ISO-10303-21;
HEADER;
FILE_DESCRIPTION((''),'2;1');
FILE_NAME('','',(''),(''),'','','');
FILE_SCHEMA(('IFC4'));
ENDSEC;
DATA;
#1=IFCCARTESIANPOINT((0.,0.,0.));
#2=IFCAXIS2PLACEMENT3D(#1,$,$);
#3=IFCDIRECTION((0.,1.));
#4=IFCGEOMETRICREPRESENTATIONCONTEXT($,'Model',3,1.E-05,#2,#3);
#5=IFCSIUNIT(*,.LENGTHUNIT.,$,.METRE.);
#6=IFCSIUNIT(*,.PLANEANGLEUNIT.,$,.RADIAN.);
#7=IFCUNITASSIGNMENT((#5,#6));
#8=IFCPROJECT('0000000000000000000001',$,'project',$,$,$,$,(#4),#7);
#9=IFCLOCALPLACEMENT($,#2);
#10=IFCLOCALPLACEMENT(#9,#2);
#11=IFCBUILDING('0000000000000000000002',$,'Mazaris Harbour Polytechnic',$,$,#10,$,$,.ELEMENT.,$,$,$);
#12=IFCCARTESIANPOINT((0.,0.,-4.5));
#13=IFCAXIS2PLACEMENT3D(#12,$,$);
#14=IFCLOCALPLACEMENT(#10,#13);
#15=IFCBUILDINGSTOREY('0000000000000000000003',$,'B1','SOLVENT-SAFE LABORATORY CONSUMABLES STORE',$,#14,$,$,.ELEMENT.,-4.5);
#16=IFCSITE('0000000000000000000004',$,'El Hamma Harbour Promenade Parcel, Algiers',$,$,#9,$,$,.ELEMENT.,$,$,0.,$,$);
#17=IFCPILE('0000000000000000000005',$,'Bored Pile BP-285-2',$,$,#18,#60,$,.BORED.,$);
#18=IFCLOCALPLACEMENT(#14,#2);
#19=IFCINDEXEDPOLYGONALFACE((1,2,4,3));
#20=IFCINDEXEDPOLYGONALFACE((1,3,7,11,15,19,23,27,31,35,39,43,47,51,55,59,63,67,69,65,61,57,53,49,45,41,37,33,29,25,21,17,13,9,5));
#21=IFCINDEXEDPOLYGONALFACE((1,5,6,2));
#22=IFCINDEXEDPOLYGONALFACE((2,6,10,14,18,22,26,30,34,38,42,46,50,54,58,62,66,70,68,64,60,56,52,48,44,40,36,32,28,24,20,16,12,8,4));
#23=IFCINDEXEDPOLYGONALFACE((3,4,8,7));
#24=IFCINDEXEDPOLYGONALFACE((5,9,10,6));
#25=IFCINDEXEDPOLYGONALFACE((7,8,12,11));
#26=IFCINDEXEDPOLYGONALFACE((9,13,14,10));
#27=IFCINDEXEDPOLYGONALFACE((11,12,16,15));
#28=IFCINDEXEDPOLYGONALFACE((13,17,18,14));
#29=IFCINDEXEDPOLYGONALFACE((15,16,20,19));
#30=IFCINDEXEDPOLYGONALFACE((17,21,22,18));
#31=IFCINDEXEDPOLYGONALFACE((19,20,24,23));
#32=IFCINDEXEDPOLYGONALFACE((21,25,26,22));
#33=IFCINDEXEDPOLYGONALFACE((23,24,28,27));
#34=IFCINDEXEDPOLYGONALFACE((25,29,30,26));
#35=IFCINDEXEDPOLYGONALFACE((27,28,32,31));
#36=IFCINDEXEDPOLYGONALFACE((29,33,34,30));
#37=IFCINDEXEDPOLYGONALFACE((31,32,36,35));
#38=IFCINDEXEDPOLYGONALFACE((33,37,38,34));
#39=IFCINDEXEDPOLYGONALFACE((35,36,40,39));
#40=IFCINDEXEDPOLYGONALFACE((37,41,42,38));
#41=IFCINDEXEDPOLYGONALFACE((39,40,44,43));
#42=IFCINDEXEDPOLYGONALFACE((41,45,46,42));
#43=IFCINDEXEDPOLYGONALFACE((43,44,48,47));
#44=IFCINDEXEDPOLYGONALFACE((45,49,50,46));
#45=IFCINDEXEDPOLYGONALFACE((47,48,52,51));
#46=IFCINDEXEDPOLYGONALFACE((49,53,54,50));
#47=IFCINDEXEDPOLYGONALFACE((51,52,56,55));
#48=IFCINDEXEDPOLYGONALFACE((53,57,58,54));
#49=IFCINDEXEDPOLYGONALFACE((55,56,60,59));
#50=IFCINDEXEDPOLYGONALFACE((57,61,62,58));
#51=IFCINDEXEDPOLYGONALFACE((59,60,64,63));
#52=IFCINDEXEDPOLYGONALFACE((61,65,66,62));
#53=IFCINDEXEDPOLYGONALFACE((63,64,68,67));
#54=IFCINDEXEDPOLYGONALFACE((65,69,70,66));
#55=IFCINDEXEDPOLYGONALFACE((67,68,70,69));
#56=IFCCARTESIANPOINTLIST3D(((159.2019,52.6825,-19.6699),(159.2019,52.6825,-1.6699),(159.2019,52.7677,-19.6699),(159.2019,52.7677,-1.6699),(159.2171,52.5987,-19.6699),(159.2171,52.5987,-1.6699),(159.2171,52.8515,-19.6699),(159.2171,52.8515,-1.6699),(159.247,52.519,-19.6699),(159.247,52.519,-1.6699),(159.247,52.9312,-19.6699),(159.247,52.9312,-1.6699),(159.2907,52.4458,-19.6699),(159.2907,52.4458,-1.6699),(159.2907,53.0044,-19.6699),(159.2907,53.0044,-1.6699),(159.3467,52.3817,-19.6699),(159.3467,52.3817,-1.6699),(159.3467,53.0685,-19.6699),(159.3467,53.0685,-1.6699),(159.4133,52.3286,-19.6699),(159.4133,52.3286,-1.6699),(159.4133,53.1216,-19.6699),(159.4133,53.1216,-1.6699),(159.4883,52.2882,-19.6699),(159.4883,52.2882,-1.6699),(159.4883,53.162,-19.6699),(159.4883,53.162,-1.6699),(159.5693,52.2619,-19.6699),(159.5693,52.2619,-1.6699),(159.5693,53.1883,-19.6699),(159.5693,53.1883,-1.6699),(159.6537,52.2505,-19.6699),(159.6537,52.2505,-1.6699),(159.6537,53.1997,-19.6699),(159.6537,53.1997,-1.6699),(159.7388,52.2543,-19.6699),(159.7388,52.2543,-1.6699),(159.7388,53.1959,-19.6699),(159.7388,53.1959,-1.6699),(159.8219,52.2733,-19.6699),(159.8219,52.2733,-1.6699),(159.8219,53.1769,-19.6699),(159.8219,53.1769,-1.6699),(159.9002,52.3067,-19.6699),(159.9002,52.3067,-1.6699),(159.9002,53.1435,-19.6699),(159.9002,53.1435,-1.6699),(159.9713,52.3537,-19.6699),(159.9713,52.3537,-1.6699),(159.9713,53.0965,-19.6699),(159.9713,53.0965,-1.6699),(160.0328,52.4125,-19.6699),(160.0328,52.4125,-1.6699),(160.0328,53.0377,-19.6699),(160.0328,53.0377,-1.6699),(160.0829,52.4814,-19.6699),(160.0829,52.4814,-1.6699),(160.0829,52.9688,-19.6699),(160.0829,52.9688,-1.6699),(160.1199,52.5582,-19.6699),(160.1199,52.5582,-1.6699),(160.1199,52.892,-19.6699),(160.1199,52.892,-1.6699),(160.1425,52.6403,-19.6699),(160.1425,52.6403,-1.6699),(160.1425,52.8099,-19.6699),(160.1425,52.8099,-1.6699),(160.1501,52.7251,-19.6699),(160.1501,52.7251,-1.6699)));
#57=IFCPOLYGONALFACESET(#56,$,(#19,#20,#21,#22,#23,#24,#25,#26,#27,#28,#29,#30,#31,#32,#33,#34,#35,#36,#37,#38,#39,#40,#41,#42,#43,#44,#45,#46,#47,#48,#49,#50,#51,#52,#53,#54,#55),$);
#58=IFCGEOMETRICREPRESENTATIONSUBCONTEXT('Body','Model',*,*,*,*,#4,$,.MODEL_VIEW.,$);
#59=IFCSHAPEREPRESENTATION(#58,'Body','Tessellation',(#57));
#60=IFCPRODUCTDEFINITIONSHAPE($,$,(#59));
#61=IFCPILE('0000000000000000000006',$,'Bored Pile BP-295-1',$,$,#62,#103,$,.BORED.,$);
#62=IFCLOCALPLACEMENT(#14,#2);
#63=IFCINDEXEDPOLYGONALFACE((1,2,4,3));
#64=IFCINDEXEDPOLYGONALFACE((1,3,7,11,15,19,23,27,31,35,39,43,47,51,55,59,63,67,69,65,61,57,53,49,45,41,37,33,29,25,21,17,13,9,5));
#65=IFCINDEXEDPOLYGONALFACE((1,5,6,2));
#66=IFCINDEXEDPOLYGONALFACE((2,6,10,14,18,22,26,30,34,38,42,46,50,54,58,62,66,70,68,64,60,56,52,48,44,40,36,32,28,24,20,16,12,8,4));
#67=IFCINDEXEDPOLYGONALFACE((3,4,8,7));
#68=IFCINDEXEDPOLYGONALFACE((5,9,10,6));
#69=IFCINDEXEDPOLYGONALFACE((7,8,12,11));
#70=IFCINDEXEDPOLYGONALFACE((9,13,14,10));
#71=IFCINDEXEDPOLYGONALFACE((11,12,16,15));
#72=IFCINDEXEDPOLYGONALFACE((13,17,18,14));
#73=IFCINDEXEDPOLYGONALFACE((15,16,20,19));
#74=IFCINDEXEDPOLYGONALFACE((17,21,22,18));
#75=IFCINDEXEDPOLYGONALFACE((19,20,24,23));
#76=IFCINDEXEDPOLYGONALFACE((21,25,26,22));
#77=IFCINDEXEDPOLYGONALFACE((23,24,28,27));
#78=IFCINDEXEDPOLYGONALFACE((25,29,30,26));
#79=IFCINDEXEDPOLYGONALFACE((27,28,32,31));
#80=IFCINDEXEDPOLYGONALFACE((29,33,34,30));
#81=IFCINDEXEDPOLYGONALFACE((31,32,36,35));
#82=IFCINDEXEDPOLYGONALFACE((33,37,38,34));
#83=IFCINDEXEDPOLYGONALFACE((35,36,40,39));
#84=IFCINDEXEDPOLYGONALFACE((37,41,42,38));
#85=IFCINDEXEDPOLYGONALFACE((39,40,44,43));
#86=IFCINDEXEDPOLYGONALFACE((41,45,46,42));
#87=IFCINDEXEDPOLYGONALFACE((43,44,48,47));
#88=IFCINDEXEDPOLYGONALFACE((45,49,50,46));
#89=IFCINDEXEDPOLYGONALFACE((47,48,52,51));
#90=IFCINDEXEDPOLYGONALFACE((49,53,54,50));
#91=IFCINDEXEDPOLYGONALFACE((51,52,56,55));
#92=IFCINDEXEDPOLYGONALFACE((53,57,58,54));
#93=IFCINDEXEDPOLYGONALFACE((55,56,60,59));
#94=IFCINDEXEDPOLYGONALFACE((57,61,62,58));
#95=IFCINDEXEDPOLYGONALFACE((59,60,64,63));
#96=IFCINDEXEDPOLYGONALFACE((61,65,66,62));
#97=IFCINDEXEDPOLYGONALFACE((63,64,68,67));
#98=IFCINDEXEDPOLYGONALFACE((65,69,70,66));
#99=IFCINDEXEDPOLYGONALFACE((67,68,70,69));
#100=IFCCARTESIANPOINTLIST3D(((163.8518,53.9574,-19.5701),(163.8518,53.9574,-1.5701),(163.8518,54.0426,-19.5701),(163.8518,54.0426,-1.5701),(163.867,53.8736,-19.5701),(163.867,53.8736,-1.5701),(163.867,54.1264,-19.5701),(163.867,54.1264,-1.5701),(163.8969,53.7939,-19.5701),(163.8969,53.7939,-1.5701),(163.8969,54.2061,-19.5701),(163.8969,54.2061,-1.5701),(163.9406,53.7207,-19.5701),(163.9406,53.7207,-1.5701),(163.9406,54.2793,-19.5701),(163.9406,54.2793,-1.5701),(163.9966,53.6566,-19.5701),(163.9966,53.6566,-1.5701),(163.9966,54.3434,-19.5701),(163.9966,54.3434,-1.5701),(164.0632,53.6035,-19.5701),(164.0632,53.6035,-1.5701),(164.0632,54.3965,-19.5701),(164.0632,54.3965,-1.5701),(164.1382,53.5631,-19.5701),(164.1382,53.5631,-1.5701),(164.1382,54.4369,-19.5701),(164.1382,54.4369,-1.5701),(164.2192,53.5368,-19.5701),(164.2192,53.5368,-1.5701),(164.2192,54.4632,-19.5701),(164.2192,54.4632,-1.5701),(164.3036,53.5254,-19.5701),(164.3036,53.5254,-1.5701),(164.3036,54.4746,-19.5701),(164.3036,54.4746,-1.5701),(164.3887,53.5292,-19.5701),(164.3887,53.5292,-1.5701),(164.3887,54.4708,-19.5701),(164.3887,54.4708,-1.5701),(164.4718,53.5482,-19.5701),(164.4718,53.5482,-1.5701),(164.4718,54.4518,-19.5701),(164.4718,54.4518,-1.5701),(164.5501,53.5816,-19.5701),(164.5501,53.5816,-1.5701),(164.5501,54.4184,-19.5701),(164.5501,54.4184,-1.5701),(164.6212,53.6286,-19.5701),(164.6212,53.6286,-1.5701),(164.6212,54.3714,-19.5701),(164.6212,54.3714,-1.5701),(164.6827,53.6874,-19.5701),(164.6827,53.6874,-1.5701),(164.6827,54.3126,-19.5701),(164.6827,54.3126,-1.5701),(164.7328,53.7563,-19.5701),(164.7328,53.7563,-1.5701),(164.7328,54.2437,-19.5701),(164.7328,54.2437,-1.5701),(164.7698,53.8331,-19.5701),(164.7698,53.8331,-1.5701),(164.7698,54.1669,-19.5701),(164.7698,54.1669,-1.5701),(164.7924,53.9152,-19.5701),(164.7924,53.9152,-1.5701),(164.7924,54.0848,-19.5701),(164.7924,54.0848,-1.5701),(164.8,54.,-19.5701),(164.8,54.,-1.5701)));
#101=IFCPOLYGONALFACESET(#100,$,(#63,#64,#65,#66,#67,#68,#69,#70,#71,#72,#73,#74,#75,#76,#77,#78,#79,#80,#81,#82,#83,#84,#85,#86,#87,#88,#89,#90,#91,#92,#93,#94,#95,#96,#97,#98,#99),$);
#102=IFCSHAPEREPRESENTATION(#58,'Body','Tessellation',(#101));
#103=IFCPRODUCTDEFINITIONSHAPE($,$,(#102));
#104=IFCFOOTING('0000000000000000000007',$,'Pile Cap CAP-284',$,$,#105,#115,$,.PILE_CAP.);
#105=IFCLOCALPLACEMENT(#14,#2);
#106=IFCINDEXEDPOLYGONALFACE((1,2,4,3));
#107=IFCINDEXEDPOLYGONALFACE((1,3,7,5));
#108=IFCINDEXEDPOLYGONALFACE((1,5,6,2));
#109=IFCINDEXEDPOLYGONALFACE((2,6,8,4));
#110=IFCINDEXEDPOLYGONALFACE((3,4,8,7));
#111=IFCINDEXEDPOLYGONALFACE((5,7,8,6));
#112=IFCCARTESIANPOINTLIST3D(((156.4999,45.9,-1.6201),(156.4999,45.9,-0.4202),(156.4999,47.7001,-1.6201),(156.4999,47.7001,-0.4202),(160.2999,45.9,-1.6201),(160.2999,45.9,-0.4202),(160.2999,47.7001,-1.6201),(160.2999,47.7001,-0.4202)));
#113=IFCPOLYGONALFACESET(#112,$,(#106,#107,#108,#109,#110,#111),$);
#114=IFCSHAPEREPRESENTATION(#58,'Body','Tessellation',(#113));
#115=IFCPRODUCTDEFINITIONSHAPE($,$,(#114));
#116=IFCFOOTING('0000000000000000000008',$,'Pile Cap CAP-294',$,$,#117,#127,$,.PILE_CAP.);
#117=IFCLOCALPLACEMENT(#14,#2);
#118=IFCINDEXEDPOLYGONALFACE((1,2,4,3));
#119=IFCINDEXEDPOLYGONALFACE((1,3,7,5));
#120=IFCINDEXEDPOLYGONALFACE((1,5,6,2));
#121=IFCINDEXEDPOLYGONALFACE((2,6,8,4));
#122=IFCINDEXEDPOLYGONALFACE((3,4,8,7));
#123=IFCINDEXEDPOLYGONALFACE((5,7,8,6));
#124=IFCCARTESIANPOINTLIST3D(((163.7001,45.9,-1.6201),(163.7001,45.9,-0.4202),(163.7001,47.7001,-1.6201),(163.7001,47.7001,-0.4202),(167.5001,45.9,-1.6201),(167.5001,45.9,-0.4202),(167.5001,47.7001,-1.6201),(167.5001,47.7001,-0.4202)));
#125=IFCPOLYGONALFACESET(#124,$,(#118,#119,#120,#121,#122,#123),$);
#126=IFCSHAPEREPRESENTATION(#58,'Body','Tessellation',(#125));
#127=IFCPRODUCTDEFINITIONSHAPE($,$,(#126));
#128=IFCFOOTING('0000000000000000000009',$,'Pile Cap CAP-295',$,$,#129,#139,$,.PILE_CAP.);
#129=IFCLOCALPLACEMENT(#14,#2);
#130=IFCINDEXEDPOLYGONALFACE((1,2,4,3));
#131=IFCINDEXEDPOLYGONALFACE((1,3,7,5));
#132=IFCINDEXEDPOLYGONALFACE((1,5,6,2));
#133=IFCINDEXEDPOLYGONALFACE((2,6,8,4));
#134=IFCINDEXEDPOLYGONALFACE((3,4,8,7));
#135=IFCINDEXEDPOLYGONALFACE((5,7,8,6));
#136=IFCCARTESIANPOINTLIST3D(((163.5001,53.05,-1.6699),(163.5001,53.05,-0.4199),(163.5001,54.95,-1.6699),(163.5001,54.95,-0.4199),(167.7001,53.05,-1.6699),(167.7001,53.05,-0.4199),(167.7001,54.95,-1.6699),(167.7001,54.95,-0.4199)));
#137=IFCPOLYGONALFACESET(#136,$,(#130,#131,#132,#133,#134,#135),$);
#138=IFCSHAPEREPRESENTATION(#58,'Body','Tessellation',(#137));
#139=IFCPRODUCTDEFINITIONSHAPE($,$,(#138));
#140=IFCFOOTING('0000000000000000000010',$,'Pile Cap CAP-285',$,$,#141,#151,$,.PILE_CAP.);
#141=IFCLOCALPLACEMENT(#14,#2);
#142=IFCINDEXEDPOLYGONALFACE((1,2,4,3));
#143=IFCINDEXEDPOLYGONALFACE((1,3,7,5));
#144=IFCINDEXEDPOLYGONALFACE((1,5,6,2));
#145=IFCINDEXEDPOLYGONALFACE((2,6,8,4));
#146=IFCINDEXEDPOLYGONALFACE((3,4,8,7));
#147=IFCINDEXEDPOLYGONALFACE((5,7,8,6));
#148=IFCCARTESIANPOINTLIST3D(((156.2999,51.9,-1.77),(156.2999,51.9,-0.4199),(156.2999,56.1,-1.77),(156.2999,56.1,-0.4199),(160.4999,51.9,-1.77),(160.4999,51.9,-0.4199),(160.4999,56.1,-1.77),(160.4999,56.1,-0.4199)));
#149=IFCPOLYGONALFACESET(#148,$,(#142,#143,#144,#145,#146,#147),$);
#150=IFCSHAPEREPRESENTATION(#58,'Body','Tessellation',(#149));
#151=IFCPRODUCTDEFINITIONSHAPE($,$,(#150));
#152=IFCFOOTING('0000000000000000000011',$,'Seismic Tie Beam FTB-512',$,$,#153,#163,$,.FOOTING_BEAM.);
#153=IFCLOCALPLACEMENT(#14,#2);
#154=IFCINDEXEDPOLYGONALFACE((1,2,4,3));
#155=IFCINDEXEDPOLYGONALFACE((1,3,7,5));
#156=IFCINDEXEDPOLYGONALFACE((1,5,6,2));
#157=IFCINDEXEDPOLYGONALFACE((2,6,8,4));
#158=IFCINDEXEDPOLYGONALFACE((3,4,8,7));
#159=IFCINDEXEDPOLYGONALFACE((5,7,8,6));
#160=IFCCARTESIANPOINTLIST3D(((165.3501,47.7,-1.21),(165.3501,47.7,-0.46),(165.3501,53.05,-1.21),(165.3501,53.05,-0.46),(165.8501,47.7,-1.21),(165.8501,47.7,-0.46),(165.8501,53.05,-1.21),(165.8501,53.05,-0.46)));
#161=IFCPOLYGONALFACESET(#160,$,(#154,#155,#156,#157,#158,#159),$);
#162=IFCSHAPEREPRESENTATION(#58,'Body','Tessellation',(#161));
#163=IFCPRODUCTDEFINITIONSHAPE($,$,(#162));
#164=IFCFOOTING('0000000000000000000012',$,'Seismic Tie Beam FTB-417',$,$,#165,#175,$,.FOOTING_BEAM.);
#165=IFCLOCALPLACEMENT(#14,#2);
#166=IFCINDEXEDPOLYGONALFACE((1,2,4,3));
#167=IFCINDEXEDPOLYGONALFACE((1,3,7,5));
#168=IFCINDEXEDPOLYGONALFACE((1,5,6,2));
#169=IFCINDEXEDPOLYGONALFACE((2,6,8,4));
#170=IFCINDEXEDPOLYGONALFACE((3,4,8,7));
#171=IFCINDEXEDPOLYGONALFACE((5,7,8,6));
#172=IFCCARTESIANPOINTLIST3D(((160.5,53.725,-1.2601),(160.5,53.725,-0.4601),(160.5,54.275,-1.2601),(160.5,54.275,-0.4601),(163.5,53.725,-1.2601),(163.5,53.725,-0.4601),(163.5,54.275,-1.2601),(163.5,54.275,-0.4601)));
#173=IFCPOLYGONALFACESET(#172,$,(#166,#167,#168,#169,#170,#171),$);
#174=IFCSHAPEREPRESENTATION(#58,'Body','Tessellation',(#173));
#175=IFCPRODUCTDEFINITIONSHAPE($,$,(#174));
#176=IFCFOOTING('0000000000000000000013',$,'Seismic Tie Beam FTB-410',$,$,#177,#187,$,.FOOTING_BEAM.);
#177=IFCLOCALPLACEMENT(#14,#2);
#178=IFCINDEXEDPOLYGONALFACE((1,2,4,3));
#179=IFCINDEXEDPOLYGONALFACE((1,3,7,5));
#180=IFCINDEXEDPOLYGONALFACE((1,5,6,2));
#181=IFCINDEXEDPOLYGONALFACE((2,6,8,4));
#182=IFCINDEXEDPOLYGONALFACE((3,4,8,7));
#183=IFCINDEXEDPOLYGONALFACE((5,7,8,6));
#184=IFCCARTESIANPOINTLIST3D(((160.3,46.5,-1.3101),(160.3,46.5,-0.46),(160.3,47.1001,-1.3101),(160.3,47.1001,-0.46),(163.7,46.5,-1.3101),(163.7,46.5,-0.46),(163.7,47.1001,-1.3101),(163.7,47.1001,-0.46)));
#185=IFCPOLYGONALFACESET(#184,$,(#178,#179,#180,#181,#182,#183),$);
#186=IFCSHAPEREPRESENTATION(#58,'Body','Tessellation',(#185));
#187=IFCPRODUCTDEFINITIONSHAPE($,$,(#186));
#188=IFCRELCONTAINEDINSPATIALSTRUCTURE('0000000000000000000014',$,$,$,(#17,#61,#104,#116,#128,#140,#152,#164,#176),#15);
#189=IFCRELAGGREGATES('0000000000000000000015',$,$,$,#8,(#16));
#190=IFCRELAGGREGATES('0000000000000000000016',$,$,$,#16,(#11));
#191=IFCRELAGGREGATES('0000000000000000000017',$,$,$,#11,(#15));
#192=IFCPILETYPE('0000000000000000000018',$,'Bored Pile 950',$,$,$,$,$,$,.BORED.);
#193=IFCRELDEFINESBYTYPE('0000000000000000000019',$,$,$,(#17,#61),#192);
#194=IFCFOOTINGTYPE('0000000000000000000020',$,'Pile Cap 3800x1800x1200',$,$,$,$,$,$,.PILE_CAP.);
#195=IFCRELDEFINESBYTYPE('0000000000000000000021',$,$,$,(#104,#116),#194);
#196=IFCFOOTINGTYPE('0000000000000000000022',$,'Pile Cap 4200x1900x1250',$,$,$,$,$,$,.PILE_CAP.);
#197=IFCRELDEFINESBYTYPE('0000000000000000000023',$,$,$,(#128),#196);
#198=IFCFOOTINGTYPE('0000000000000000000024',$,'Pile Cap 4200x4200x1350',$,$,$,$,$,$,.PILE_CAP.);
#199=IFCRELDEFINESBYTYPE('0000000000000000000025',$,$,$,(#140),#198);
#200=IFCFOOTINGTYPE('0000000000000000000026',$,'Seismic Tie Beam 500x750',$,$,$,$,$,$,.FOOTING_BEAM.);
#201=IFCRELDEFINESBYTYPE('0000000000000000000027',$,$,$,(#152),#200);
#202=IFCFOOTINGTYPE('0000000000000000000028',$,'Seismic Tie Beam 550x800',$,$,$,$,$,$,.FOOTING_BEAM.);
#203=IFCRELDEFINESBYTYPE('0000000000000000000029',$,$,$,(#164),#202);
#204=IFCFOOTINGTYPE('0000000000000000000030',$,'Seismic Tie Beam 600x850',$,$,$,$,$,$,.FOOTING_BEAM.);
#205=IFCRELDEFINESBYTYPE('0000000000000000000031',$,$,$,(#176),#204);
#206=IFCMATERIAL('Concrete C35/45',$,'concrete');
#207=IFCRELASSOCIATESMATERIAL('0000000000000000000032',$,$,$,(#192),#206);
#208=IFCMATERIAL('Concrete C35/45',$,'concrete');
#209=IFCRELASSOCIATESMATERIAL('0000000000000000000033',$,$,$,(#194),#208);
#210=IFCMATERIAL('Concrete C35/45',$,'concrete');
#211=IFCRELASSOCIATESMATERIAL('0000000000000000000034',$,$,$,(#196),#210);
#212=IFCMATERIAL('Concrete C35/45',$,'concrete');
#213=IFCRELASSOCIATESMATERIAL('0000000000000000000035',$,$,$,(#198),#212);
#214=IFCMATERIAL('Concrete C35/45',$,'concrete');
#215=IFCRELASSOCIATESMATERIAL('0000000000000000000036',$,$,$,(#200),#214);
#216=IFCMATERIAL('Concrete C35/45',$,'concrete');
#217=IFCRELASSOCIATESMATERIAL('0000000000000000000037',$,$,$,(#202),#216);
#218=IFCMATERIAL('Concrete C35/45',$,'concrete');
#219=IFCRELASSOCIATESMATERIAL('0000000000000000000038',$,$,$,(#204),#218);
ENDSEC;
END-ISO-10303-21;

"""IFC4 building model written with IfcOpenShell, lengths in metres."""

from ifc_helpers import new_model, si_unit, direction, frame, origin, origin_2d, place, context, subcontext, project, spatial, rectangle, circle, extrude, material, material_profile, profile_set, type_object, element, save


model = new_model("IFC4")

# Units and contexts
model_context = context("Model", 3, precision=1e-05, world=origin(), true_north=direction((0.0, 1.0)))
body_context = subcontext(model_context, "Body", "Model", "MODEL_VIEW")
ifc_project = project(units=[si_unit("LENGTHUNIT", "METRE"), si_unit("PLANEANGLEUNIT", "RADIAN")], contexts=[model_context])

# Site, building, storey
site_placement = place(None, origin())
site = spatial("IfcSite", under=ifc_project, at=site_placement, Name="El Hamma Harbour Promenade Parcel, Algiers", CompositionType="ELEMENT", RefElevation=0.0)
building_placement = place(site_placement, origin())
building = spatial("IfcBuilding", under=site, at=building_placement, Name="Mazaris Harbour Polytechnic", CompositionType="ELEMENT")
storey_placement = place(building_placement, frame((0.0, 0.0, -4.5)))
storey = spatial("IfcBuildingStorey", under=building, at=storey_placement, Name="B1", Description="SOLVENT-SAFE LABORATORY CONSUMABLES STORE", CompositionType="ELEMENT", Elevation=-4.5)

# Piles
ifc_material_1 = material(Name="Concrete C35/45", Category="concrete")
ifc_material_profile_1 = material_profile(ifc_material_1, circle(Radius=0.4751, at=origin_2d()), Name="DIA950")
ifc_profile_set_1 = profile_set([ifc_material_profile_1], Name="Concrete C35/45")
pile_type_1 = type_object("IfcPileType", Name="Bored Pile 950", PredefinedType="BORED", material=ifc_profile_set_1)
for number, where, z_axis, x_axis, name in (
    (1, (159.675, 52.7251, -1.6699), (0.0, 0.0, -1.0), (1.0, 0.0, 0.0), "Bored Pile BP-285-2"),
    (2, (164.325, 54.0, -1.5701), (0.0, 0.0, -1.0), (1.0, 0.0, 0.0), "Bored Pile BP-295-1"),
):
    element("IfcPile", number, at=place(storey_placement, frame(where, z_axis=z_axis, x_axis=x_axis)), inside=storey, type_object=pile_type_1, Name=name, PredefinedType="BORED", context=body_context, shape_type="SweptSolid", body=[
        extrude(circle(Radius=0.4751, at=origin_2d()), origin(), (0.0, 0.0, 1.0), 18.0),
    ])

# Footings
ifc_material_2 = material(Name="Concrete C35/45", Category="concrete")
footing_type_1 = type_object("IfcFootingType", Name="Pile Cap 3800x1800x1200", PredefinedType="PILE_CAP", material=ifc_material_2)
for number, where, z_axis, x_axis, name in (
    (3, (158.3999, 46.8, -1.6201), (0.0, 0.0, 1.0), (1.0, 0.0, 0.0), "Pile Cap CAP-284"),
    (4, (165.6001, 46.8, -1.6201), (0.0, 0.0, 1.0), (1.0, 0.0, 0.0), "Pile Cap CAP-294"),
):
    element("IfcFooting", number, at=place(storey_placement, frame(where, z_axis=z_axis, x_axis=x_axis)), inside=storey, type_object=footing_type_1, Name=name, PredefinedType="PILE_CAP", context=body_context, shape_type="SweptSolid", body=[
        extrude(rectangle(XDim=3.8, YDim=1.8, at=origin_2d()), origin(), (0.0, 0.0, 1.0), 1.2),
    ])
ifc_material_3 = material(Name="Concrete C35/45", Category="concrete")
footing_type_2 = type_object("IfcFootingType", Name="Pile Cap 4200x1900x1250", PredefinedType="PILE_CAP", material=ifc_material_3)
footing_1_placement = place(storey_placement, frame((165.6001, 54.0, -1.6699), z_axis=(0.0, 0.0, 1.0), x_axis=(1.0, 0.0, 0.0)))
element("IfcFooting", 5, at=footing_1_placement, inside=storey, type_object=footing_type_2, Name="Pile Cap CAP-295", PredefinedType="PILE_CAP", context=body_context, shape_type="SweptSolid", body=[
    extrude(rectangle(XDim=4.2, YDim=1.8999, at=origin_2d()), origin(), (0.0, 0.0, 1.0), 1.25),
])
ifc_material_4 = material(Name="Concrete C35/45", Category="concrete")
footing_type_3 = type_object("IfcFootingType", Name="Pile Cap 4200x4200x1350", PredefinedType="PILE_CAP", material=ifc_material_4)
footing_2_placement = place(storey_placement, frame((158.3999, 54.0, -1.77), z_axis=(0.0, 0.0, 1.0), x_axis=(1.0, 0.0, 0.0)))
element("IfcFooting", 6, at=footing_2_placement, inside=storey, type_object=footing_type_3, Name="Pile Cap CAP-285", PredefinedType="PILE_CAP", context=body_context, shape_type="SweptSolid", body=[
    extrude(rectangle(XDim=4.2, YDim=4.2, at=origin_2d()), origin(), (0.0, 0.0, 1.0), 1.3501),
])
ifc_material_5 = material(Name="Concrete C35/45", Category="concrete")
ifc_material_profile_2 = material_profile(ifc_material_5, rectangle(XDim=0.5, YDim=0.75, at=origin_2d()), Name="RECT500x750")
ifc_profile_set_2 = profile_set([ifc_material_profile_2], Name="Concrete C35/45")
footing_type_4 = type_object("IfcFootingType", Name="Seismic Tie Beam 500x750", PredefinedType="FOOTING_BEAM", material=ifc_profile_set_2)
footing_3_placement = place(storey_placement, frame((165.6001, 47.7, -0.835), z_axis=(0.0, 1.0, 0.0), x_axis=(-1.0, 0.0, 0.0)))
element("IfcFooting", 7, at=footing_3_placement, inside=storey, type_object=footing_type_4, Name="Seismic Tie Beam FTB-512", PredefinedType="FOOTING_BEAM", context=body_context, shape_type="SweptSolid", body=[
    extrude(rectangle(XDim=0.5, YDim=0.75, at=origin_2d()), origin(), (0.0, 0.0, 1.0), 5.3501),
])
ifc_material_6 = material(Name="Concrete C35/45", Category="concrete")
ifc_material_profile_3 = material_profile(ifc_material_6, rectangle(XDim=0.55, YDim=0.8, at=origin_2d()), Name="RECT550x800")
ifc_profile_set_3 = profile_set([ifc_material_profile_3], Name="Concrete C35/45")
footing_type_5 = type_object("IfcFootingType", Name="Seismic Tie Beam 550x800", PredefinedType="FOOTING_BEAM", material=ifc_profile_set_3)
footing_4_placement = place(storey_placement, frame((160.5, 54.0, -0.8601), z_axis=(1.0, 0.0, 0.0), x_axis=(0.0, 1.0, 0.0)))
element("IfcFooting", 8, at=footing_4_placement, inside=storey, type_object=footing_type_5, Name="Seismic Tie Beam FTB-417", PredefinedType="FOOTING_BEAM", context=body_context, shape_type="SweptSolid", body=[
    extrude(rectangle(XDim=0.55, YDim=0.8, at=origin_2d()), origin(), (0.0, 0.0, 1.0), 3.0),
])
ifc_material_7 = material(Name="Concrete C35/45", Category="concrete")
ifc_material_profile_4 = material_profile(ifc_material_7, rectangle(XDim=0.6001, YDim=0.8501, at=origin_2d()), Name="RECT600x850")
ifc_profile_set_4 = profile_set([ifc_material_profile_4], Name="Concrete C35/45")
footing_type_6 = type_object("IfcFootingType", Name="Seismic Tie Beam 600x850", PredefinedType="FOOTING_BEAM", material=ifc_profile_set_4)
footing_5_placement = place(storey_placement, frame((160.3, 46.8, -0.885), z_axis=(1.0, 0.0, 0.0), x_axis=(0.0, 1.0, 0.0)))
element("IfcFooting", 9, at=footing_5_placement, inside=storey, type_object=footing_type_6, Name="Seismic Tie Beam FTB-410", PredefinedType="FOOTING_BEAM", context=body_context, shape_type="SweptSolid", body=[
    extrude(rectangle(XDim=0.6001, YDim=0.8501, at=origin_2d()), origin(), (0.0, 0.0, 1.0), 3.3999),
])

save(model, "model.ifc")
